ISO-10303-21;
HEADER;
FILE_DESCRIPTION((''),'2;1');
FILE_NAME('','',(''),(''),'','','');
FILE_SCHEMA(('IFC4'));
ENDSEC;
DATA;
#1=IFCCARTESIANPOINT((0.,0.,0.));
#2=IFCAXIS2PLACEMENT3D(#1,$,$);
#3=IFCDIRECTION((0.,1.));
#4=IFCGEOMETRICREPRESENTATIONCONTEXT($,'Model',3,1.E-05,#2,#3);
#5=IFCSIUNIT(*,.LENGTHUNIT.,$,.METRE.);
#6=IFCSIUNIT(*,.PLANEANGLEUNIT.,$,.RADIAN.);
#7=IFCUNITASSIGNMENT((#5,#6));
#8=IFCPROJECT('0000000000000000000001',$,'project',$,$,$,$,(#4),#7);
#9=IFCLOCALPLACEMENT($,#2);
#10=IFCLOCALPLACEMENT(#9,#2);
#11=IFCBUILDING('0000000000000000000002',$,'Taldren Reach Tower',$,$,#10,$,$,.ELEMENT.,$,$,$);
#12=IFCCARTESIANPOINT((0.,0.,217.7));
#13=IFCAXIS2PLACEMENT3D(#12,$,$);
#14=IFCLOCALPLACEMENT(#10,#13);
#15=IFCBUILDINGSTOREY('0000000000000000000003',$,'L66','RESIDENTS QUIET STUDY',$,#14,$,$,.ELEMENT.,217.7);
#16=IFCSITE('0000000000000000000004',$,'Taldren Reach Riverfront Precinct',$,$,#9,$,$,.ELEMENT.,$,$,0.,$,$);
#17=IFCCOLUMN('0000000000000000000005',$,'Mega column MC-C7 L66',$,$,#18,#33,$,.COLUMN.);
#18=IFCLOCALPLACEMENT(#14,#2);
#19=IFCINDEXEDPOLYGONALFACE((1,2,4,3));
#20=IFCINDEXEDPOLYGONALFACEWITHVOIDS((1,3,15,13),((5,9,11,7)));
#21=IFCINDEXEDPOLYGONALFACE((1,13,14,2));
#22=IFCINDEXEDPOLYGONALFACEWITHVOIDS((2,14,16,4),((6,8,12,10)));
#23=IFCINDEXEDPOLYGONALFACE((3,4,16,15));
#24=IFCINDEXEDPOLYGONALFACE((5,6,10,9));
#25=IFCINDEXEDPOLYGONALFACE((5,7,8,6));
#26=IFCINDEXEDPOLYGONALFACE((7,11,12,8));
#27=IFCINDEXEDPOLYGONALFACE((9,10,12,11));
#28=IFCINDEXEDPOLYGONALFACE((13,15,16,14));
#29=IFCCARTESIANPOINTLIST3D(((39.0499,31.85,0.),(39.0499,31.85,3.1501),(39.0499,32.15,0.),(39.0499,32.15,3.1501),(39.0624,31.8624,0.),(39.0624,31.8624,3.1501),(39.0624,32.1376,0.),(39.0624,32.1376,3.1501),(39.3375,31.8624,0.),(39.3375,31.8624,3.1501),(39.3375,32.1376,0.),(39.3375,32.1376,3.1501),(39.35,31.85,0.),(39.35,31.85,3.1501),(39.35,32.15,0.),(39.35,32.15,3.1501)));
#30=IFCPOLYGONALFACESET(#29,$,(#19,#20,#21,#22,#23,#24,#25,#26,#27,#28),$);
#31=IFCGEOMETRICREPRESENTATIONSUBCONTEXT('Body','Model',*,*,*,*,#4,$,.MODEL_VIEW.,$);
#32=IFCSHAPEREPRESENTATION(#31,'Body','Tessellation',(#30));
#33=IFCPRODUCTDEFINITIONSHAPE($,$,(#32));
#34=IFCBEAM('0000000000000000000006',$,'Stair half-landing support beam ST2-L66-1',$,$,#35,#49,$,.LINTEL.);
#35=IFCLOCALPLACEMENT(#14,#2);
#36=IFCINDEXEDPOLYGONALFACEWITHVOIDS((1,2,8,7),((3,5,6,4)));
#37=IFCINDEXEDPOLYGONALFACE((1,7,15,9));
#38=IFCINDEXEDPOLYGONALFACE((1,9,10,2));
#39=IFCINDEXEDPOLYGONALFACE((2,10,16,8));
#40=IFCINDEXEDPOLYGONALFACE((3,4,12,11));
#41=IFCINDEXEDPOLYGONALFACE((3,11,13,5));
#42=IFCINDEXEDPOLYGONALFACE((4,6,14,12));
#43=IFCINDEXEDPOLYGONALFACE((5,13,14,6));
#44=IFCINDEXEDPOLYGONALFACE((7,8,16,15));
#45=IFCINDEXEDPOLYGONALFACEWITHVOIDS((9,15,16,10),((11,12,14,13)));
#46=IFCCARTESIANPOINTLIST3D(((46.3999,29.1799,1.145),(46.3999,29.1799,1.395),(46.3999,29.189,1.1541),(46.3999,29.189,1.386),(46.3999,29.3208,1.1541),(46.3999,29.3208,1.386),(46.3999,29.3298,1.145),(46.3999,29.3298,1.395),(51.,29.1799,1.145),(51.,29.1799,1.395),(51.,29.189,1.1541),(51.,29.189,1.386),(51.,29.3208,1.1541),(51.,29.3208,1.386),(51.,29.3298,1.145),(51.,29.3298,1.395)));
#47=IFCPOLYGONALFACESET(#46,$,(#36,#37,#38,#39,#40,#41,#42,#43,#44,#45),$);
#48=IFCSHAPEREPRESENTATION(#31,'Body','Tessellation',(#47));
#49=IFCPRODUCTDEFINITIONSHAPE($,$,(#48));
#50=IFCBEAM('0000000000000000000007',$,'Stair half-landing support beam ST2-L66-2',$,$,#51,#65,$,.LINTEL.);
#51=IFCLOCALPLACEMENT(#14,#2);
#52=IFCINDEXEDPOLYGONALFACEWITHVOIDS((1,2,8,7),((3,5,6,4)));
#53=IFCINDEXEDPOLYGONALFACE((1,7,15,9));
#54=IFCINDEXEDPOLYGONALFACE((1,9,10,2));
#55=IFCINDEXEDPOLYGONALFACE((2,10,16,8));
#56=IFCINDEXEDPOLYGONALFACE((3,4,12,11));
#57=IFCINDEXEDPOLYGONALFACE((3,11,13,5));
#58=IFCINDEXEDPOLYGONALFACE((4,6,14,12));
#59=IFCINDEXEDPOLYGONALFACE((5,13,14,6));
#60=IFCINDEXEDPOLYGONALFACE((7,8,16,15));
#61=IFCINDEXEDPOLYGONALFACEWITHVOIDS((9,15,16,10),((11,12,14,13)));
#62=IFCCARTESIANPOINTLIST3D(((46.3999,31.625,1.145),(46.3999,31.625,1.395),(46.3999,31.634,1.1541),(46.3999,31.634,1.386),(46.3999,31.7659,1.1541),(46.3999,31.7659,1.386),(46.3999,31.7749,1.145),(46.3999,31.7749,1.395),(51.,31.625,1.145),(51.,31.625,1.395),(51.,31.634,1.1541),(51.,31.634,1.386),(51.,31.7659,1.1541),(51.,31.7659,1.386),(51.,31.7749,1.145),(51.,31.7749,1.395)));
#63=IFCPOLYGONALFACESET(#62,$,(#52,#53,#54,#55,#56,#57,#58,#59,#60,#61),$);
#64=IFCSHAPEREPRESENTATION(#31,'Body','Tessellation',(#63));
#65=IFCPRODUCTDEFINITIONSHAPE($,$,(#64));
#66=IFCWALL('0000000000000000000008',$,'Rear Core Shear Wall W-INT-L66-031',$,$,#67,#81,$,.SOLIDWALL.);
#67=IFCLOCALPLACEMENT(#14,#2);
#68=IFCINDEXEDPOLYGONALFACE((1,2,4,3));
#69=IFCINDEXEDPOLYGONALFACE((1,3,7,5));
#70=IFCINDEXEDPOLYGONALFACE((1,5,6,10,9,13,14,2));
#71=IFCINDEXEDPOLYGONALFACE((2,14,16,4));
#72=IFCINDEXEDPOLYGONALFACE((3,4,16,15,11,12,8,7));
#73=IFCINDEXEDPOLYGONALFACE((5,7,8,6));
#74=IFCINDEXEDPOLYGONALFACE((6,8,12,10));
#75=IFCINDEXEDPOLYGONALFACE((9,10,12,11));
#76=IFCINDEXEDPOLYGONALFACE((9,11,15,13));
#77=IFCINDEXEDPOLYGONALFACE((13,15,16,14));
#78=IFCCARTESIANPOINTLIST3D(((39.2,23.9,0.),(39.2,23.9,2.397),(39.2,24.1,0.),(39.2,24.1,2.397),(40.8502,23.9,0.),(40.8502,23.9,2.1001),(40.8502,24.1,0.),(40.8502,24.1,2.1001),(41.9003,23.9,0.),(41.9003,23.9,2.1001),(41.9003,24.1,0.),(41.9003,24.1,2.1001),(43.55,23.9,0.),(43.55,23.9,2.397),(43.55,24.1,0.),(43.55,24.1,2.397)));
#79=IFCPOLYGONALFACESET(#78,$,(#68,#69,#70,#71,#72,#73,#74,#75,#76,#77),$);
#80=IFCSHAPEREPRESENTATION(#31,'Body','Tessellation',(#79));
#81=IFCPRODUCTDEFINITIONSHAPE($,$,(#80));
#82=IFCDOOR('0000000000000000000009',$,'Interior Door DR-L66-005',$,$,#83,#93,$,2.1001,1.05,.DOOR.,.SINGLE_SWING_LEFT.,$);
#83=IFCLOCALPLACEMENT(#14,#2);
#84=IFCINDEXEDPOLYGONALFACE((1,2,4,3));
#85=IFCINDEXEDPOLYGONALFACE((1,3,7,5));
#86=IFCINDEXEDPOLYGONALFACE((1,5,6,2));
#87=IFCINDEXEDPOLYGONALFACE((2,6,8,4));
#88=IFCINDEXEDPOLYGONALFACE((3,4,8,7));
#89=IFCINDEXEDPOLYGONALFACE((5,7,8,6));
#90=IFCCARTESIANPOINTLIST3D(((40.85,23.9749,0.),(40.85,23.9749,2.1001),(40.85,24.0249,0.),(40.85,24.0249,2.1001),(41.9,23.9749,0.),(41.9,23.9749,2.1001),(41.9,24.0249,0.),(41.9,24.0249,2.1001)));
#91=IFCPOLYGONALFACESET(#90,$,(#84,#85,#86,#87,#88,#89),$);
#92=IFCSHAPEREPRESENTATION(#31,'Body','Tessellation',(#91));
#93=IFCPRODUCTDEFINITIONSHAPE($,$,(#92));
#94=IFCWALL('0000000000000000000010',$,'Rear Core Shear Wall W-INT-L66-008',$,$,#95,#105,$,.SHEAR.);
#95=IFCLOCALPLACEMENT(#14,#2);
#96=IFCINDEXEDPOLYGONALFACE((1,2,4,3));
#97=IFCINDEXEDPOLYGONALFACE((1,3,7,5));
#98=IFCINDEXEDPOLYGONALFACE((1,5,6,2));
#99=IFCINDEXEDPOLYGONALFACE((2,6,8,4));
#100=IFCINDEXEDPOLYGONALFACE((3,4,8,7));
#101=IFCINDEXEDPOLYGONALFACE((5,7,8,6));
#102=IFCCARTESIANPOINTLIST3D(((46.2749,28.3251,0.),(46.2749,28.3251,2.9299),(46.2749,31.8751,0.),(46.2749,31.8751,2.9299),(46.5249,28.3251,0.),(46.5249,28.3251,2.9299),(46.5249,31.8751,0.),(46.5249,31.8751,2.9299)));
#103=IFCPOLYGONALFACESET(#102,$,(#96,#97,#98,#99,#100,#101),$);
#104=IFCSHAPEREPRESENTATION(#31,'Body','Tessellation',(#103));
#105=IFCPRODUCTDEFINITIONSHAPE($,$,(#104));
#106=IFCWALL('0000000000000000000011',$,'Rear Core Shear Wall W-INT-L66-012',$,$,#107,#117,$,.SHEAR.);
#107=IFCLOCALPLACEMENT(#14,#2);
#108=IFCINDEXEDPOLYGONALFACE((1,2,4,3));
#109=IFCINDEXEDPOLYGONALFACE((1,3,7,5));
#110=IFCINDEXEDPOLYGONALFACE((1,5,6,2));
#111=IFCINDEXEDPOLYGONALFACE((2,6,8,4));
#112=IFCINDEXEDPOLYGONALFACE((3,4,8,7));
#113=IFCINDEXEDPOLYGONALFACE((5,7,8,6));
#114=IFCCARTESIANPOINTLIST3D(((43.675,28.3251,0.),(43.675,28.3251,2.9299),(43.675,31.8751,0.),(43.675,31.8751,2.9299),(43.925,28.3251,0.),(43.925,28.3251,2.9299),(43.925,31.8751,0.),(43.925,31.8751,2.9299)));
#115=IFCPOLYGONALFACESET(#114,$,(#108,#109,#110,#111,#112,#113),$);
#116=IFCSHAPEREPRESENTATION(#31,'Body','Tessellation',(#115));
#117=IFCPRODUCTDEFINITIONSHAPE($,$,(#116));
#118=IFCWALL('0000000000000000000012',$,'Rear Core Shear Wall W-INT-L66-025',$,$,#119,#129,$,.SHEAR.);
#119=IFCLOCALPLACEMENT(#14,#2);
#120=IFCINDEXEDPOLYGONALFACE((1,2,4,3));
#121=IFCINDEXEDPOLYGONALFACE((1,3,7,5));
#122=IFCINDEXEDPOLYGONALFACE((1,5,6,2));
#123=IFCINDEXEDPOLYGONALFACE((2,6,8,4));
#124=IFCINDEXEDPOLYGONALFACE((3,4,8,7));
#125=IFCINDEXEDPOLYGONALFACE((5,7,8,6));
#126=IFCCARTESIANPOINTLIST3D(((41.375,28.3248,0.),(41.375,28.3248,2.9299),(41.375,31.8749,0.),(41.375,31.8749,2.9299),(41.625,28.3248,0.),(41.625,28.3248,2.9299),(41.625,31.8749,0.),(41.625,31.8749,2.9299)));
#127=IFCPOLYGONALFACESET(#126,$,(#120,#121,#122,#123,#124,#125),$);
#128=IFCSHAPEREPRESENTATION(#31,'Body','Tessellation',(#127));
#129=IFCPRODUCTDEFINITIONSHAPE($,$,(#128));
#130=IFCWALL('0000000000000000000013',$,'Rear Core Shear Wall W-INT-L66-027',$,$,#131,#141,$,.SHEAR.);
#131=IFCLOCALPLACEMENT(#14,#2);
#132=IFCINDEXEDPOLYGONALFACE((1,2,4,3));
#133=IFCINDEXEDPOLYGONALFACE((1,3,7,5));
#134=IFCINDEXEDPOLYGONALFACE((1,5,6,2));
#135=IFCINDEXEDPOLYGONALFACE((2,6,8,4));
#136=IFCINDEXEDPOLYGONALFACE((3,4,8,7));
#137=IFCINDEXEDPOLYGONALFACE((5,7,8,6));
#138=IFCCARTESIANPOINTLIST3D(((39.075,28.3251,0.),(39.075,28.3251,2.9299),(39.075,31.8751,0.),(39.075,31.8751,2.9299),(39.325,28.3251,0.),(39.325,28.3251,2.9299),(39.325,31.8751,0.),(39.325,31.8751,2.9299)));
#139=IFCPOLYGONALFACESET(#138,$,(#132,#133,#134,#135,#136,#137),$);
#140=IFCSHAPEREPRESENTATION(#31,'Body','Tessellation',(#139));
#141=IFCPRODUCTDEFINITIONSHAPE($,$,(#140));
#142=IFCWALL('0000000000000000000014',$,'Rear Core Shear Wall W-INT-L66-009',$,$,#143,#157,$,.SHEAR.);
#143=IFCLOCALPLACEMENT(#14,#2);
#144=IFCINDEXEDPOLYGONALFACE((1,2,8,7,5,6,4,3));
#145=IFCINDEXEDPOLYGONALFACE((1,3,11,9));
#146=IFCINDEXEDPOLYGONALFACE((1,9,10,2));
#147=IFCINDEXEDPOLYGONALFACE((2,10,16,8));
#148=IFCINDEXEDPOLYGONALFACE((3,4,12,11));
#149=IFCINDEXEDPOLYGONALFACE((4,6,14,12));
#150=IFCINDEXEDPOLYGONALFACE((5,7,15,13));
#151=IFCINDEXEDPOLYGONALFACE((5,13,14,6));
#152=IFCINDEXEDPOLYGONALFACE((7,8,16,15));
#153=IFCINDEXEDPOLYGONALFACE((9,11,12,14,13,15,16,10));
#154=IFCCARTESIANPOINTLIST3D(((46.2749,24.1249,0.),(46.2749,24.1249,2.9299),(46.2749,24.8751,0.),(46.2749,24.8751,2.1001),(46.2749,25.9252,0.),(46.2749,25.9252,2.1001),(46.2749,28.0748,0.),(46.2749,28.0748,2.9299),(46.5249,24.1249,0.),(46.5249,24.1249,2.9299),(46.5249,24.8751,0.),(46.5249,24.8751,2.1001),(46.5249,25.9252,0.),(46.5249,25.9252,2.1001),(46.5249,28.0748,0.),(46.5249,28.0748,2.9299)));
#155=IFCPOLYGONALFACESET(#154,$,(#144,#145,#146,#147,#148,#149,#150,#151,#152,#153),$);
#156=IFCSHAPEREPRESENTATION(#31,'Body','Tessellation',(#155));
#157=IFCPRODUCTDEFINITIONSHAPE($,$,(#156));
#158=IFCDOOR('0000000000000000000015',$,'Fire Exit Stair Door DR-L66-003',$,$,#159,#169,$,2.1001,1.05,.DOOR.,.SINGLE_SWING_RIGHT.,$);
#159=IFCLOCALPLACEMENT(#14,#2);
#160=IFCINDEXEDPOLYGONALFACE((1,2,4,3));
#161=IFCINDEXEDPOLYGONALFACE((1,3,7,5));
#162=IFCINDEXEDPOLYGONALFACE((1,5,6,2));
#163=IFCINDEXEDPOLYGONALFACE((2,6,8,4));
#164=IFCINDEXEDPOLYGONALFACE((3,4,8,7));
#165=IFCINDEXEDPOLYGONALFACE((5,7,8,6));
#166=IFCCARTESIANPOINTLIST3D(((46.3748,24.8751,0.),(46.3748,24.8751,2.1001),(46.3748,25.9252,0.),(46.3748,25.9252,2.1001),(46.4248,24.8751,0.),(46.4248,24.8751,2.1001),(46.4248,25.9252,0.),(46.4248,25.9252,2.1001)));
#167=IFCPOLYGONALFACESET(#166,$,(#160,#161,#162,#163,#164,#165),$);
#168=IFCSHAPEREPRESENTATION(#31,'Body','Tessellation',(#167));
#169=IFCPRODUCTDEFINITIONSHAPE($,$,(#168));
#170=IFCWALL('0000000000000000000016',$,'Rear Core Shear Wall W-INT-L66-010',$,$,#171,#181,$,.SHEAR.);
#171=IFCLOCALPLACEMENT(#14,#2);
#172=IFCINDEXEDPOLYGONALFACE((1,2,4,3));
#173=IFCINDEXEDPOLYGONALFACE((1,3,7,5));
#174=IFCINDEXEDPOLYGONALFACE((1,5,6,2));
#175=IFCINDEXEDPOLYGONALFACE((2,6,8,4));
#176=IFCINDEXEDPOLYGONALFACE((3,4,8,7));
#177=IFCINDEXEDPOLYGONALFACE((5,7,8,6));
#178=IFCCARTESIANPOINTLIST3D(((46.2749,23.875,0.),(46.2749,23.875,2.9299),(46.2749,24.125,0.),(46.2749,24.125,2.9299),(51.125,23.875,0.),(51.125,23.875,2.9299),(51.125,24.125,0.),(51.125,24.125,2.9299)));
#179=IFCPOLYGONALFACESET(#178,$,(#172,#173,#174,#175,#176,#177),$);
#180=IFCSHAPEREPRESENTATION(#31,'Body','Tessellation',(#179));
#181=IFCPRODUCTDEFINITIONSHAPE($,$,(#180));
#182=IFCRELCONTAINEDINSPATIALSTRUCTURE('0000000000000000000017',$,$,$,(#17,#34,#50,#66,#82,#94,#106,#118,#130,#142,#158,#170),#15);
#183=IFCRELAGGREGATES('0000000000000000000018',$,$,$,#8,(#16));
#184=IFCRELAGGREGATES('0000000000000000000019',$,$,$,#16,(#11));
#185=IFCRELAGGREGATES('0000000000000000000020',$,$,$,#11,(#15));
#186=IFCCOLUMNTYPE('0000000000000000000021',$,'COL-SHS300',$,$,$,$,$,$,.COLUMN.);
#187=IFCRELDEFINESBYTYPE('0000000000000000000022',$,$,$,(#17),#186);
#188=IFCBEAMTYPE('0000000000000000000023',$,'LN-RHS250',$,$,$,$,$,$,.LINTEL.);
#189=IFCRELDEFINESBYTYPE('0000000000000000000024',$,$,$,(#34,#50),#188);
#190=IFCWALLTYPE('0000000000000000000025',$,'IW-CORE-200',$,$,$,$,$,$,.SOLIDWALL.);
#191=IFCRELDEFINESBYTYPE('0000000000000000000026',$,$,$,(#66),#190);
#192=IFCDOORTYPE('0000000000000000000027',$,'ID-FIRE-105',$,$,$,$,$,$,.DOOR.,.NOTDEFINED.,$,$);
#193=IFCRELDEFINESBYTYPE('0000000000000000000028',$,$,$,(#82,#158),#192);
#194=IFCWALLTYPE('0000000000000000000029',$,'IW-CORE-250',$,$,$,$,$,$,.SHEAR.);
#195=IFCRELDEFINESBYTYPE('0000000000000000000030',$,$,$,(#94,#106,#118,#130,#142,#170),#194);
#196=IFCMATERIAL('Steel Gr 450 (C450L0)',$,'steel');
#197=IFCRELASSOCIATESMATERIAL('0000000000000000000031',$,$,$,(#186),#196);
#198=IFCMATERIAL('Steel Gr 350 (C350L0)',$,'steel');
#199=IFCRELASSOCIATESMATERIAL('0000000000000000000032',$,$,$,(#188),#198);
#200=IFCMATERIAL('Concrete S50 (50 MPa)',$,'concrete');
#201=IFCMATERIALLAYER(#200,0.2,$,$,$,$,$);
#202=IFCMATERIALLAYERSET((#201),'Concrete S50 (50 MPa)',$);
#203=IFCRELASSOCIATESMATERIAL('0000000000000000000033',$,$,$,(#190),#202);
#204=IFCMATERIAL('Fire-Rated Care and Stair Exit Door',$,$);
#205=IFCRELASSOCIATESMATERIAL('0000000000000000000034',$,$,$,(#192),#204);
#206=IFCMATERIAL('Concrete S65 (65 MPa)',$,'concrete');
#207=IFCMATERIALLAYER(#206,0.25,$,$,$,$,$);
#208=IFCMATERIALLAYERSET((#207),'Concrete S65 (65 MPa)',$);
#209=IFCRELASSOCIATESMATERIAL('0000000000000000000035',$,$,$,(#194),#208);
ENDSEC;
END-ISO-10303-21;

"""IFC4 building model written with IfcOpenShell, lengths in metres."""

from ifc_helpers import new_model, si_unit, direction, frame, frame_2d, origin, origin_2d, place, context, subcontext, project, spatial, rectangle, hollow_rectangle, extrude, source, transform, mapped, material, layer, layer_set, material_profile, profile_set, type_object, element, fill, save


model = new_model("IFC4")

# Units and contexts
model_context = context("Model", 3, precision=1e-05, world=origin(), true_north=direction((0.0, 1.0)))
body_context = subcontext(model_context, "Body", "Model", "MODEL_VIEW")
ifc_project = project(units=[si_unit("LENGTHUNIT", "METRE"), si_unit("PLANEANGLEUNIT", "RADIAN")], contexts=[model_context])

# Site, building, storey
site_placement = place(None, origin())
site = spatial("IfcSite", under=ifc_project, at=site_placement, Name="Taldren Reach Riverfront Precinct", CompositionType="ELEMENT", RefElevation=0.0)
building_placement = place(site_placement, origin())
building = spatial("IfcBuilding", under=site, at=building_placement, Name="Taldren Reach Tower", CompositionType="ELEMENT")
storey_placement = place(building_placement, frame((0.0, 0.0, 217.7)))
storey = spatial("IfcBuildingStorey", under=building, at=storey_placement, Name="L66", Description="RESIDENTS QUIET STUDY", CompositionType="ELEMENT", Elevation=217.7)

# Column
ifc_material_1 = material(Name="Steel Gr 450 (C450L0)", Category="steel")
ifc_material_profile_1 = material_profile(ifc_material_1, hollow_rectangle(XDim=0.3, YDim=0.3, WallThickness=0.0125, at=origin_2d()), Name="300x300x12.5SHS")
ifc_profile_set_1 = profile_set([ifc_material_profile_1], Name="Steel Gr 450 (C450L0)")
column_type = type_object("IfcColumnType", Name="COL-SHS300", PredefinedType="COLUMN", material=ifc_profile_set_1)
shared_shape_1 = source(origin(), body_context, "Body", "SweptSolid", [
    extrude(hollow_rectangle(XDim=0.3, YDim=0.3, WallThickness=0.0125, at=origin_2d()), origin(), (0.0, 0.0, 1.0), 3.1501),
])
column_placement = place(storey_placement, frame((39.2, 32.0, 0.0), z_axis=(0.0, 0.0, 1.0), x_axis=(1.0, 0.0, 0.0)))
element("IfcColumn", 1, at=column_placement, inside=storey, type_object=column_type, Name="Mega column MC-C7 L66", PredefinedType="COLUMN", context=body_context, shape_type="MappedRepresentation", body=[
    mapped(shared_shape_1, transform((0.0, 0.0, 0.0), scale=1.0)),
])

# Beams
ifc_material_2 = material(Name="Steel Gr 350 (C350L0)", Category="steel")
ifc_material_profile_2 = material_profile(ifc_material_2, hollow_rectangle(XDim=0.1499, YDim=0.25, WallThickness=0.009, at=origin_2d()), Name="250x150x9.0RHS")
ifc_profile_set_2 = profile_set([ifc_material_profile_2], Name="Steel Gr 350 (C350L0)")
beam_type = type_object("IfcBeamType", Name="LN-RHS250", PredefinedType="LINTEL", material=ifc_profile_set_2)
shared_shape_2 = source(origin(), body_context, "Body", "SweptSolid", [
    extrude(hollow_rectangle(XDim=0.1499, YDim=0.25, WallThickness=0.009, at=origin_2d()), origin(), (0.0, 0.0, 1.0), 4.6001),
])
for number, where, z_axis, x_axis, name in (
    (2, (46.3999, 29.2549, 1.27), (1.0, 0.0, 0.0), (0.0, 1.0, 0.0), "Stair half-landing support beam ST2-L66-1"),
    (3, (46.3999, 31.7, 1.27), (1.0, 0.0, 0.0), (0.0, 1.0, 0.0), "Stair half-landing support beam ST2-L66-2"),
):
    element("IfcBeam", number, at=place(storey_placement, frame(where, z_axis=z_axis, x_axis=x_axis)), inside=storey, type_object=beam_type, Name=name, PredefinedType="LINTEL", context=body_context, shape_type="MappedRepresentation", body=[
        mapped(shared_shape_2, transform((0.0, 0.0, 0.0), scale=1.0)),
    ])

# Wall, opening, door
ifc_material_3 = material(Name="Concrete S50 (50 MPa)", Category="concrete")
ifc_layer_1 = layer(ifc_material_3, 0.2)
ifc_layer_set_1 = layer_set([ifc_layer_1], Name="Concrete S50 (50 MPa)")
wall_type_1 = type_object("IfcWallType", Name="IW-CORE-200", PredefinedType="SOLIDWALL", material=ifc_layer_set_1)
shared_shape_3 = source(origin(), body_context, "Body", "SweptSolid", [
    extrude(rectangle(XDim=4.3501, YDim=0.2, at=frame_2d((2.175, 0.0))), origin(), (0.0, 0.0, 1.0), 2.397),
])
wall_1_placement = place(storey_placement, frame((43.55, 24.0, 0.0), z_axis=(0.0, 0.0, 1.0), x_axis=(-1.0, 0.0, 0.0)))
wall_1 = element("IfcWall", 4, at=wall_1_placement, inside=storey, type_object=wall_type_1, Name="Rear Core Shear Wall W-INT-L66-031", PredefinedType="SOLIDWALL", context=body_context, shape_type="MappedRepresentation", body=[
    mapped(shared_shape_3, transform((0.0, 0.0, 0.0), scale=1.0)),
])
shared_shape_4 = source(origin(), body_context, "Body", "SweptSolid", [
    extrude(rectangle(XDim=1.05, YDim=2.1001, at=frame_2d((0.5249, 1.05))), frame((0.0, 0.1099, 0.0), z_axis=(0.0, -1.0, 0.0), x_axis=(1.0, 0.0, 0.0)), (0.0, 0.0, 1.0), 0.22),
])
opening_1_placement = place(wall_1_placement, frame((1.6499, 0.0, 0.0)))
opening_1 = element("IfcOpeningElement", 5, at=opening_1_placement, cuts=wall_1, PredefinedType="OPENING", context=body_context, shape_type="MappedRepresentation", body=[
    mapped(shared_shape_4, transform((0.0, 0.0, 0.0), scale=1.0)),
])
ifc_material_4 = material(Name="Fire-Rated Care and Stair Exit Door")
door_type_1 = type_object("IfcDoorType", Name="ID-FIRE-105", OperationType="NOTDEFINED", PredefinedType="DOOR", material=ifc_material_4)
shared_shape_5 = source(origin(), body_context, "Body", "SweptSolid", [
    extrude(rectangle(XDim=1.05, YDim=2.1001, at=frame_2d((0.5249, 1.05))), frame((0.0, 0.0249, 0.0), z_axis=(0.0, -1.0, 0.0), x_axis=(1.0, 0.0, 0.0)), (0.0, 0.0, 1.0), 0.05),
])
door_1_placement = place(opening_1_placement, frame((1.05, 0.0, 0.0), z_axis=(0.0, 0.0, 1.0), x_axis=(-1.0, 0.0, 0.0)))
door_1 = element("IfcDoor", 6, at=door_1_placement, inside=storey, type_object=door_type_1, Name="Interior Door DR-L66-005", OperationType="SINGLE_SWING_LEFT", OverallHeight=2.1001, OverallWidth=1.05, PredefinedType="DOOR", context=body_context, shape_type="MappedRepresentation", body=[
    mapped(shared_shape_5, transform((0.0, 0.0, 0.0), scale=1.0)),
])
fill(opening_1, door_1)

# Walls
ifc_material_5 = material(Name="Concrete S65 (65 MPa)", Category="concrete")
ifc_layer_2 = layer(ifc_material_5, 0.25)
ifc_layer_set_2 = layer_set([ifc_layer_2], Name="Concrete S65 (65 MPa)")
wall_type_2 = type_object("IfcWallType", Name="IW-CORE-250", PredefinedType="SHEAR", material=ifc_layer_set_2)
shared_shape_6 = source(origin(), body_context, "Body", "SweptSolid", [
    extrude(rectangle(XDim=3.55, YDim=0.25, at=frame_2d((1.7749, 0.0))), origin(), (0.0, 0.0, 1.0), 2.9299),
])
for number, where, z_axis, x_axis, name in (
    (7, (46.3999, 31.875, 0.0), (0.0, 0.0, 1.0), (0.0, -1.0, 0.0), "Rear Core Shear Wall W-INT-L66-008"),
    (8, (43.8, 31.875, 0.0), (0.0, 0.0, 1.0), (0.0, -1.0, 0.0), "Rear Core Shear Wall W-INT-L66-012"),
    (9, (41.5, 28.325, 0.0), (0.0, 0.0, 1.0), (0.0, 1.0, 0.0), "Rear Core Shear Wall W-INT-L66-025"),
    (10, (39.2, 31.875, 0.0), (0.0, 0.0, 1.0), (0.0, -1.0, 0.0), "Rear Core Shear Wall W-INT-L66-027"),
):
    element("IfcWall", number, at=place(storey_placement, frame(where, z_axis=z_axis, x_axis=x_axis)), inside=storey, type_object=wall_type_2, Name=name, PredefinedType="SHEAR", context=body_context, shape_type="MappedRepresentation", body=[
        mapped(shared_shape_6, transform((0.0, 0.0, 0.0), scale=1.0)),
    ])

# Wall, opening, door
shared_shape_7 = source(origin(), body_context, "Body", "SweptSolid", [
    extrude(rectangle(XDim=3.95, YDim=0.25, at=frame_2d((1.9751, 0.0))), origin(), (0.0, 0.0, 1.0), 2.9299),
])
wall_2_placement = place(storey_placement, frame((46.3999, 28.075, 0.0), z_axis=(0.0, 0.0, 1.0), x_axis=(0.0, -1.0, 0.0)))
wall_2 = element("IfcWall", 11, at=wall_2_placement, inside=storey, type_object=wall_type_2, Name="Rear Core Shear Wall W-INT-L66-009", PredefinedType="SHEAR", context=body_context, shape_type="MappedRepresentation", body=[
    mapped(shared_shape_7, transform((0.0, 0.0, 0.0), scale=1.0)),
])
shared_shape_8 = source(origin(), body_context, "Body", "SweptSolid", [
    extrude(rectangle(XDim=1.05, YDim=2.1001, at=frame_2d((0.5249, 1.05))), frame((0.0, 0.135, 0.0), z_axis=(0.0, -1.0, 0.0), x_axis=(1.0, 0.0, 0.0)), (0.0, 0.0, 1.0), 0.27),
])
opening_2_placement = place(wall_2_placement, frame((2.1499, 0.0, 0.0)))
opening_2 = element("IfcOpeningElement", 12, at=opening_2_placement, cuts=wall_2, PredefinedType="OPENING", context=body_context, shape_type="MappedRepresentation", body=[
    mapped(shared_shape_8, transform((0.0, 0.0, 0.0), scale=1.0)),
])
door_2_placement = place(opening_2_placement, origin())
door_2 = element("IfcDoor", 13, at=door_2_placement, inside=storey, type_object=door_type_1, Name="Fire Exit Stair Door DR-L66-003", OperationType="SINGLE_SWING_RIGHT", OverallHeight=2.1001, OverallWidth=1.05, PredefinedType="DOOR", context=body_context, shape_type="MappedRepresentation", body=[
    mapped(shared_shape_5, transform((0.0, 0.0, 0.0), scale=1.0)),
])
fill(opening_2, door_2)

# Wall
shared_shape_9 = source(origin(), body_context, "Body", "SweptSolid", [
    extrude(rectangle(XDim=4.8501, YDim=0.25, at=frame_2d((2.425, 0.0))), origin(), (0.0, 0.0, 1.0), 2.9299),
])
wall_3_placement = place(storey_placement, frame((46.2749, 24.0, 0.0), z_axis=(0.0, 0.0, 1.0), x_axis=(1.0, 0.0, 0.0)))
element("IfcWall", 14, at=wall_3_placement, inside=storey, type_object=wall_type_2, Name="Rear Core Shear Wall W-INT-L66-010", PredefinedType="SHEAR", context=body_context, shape_type="MappedRepresentation", body=[
    mapped(shared_shape_9, transform((0.0, 0.0, 0.0), scale=1.0)),
])

save(model, "model.ifc")
